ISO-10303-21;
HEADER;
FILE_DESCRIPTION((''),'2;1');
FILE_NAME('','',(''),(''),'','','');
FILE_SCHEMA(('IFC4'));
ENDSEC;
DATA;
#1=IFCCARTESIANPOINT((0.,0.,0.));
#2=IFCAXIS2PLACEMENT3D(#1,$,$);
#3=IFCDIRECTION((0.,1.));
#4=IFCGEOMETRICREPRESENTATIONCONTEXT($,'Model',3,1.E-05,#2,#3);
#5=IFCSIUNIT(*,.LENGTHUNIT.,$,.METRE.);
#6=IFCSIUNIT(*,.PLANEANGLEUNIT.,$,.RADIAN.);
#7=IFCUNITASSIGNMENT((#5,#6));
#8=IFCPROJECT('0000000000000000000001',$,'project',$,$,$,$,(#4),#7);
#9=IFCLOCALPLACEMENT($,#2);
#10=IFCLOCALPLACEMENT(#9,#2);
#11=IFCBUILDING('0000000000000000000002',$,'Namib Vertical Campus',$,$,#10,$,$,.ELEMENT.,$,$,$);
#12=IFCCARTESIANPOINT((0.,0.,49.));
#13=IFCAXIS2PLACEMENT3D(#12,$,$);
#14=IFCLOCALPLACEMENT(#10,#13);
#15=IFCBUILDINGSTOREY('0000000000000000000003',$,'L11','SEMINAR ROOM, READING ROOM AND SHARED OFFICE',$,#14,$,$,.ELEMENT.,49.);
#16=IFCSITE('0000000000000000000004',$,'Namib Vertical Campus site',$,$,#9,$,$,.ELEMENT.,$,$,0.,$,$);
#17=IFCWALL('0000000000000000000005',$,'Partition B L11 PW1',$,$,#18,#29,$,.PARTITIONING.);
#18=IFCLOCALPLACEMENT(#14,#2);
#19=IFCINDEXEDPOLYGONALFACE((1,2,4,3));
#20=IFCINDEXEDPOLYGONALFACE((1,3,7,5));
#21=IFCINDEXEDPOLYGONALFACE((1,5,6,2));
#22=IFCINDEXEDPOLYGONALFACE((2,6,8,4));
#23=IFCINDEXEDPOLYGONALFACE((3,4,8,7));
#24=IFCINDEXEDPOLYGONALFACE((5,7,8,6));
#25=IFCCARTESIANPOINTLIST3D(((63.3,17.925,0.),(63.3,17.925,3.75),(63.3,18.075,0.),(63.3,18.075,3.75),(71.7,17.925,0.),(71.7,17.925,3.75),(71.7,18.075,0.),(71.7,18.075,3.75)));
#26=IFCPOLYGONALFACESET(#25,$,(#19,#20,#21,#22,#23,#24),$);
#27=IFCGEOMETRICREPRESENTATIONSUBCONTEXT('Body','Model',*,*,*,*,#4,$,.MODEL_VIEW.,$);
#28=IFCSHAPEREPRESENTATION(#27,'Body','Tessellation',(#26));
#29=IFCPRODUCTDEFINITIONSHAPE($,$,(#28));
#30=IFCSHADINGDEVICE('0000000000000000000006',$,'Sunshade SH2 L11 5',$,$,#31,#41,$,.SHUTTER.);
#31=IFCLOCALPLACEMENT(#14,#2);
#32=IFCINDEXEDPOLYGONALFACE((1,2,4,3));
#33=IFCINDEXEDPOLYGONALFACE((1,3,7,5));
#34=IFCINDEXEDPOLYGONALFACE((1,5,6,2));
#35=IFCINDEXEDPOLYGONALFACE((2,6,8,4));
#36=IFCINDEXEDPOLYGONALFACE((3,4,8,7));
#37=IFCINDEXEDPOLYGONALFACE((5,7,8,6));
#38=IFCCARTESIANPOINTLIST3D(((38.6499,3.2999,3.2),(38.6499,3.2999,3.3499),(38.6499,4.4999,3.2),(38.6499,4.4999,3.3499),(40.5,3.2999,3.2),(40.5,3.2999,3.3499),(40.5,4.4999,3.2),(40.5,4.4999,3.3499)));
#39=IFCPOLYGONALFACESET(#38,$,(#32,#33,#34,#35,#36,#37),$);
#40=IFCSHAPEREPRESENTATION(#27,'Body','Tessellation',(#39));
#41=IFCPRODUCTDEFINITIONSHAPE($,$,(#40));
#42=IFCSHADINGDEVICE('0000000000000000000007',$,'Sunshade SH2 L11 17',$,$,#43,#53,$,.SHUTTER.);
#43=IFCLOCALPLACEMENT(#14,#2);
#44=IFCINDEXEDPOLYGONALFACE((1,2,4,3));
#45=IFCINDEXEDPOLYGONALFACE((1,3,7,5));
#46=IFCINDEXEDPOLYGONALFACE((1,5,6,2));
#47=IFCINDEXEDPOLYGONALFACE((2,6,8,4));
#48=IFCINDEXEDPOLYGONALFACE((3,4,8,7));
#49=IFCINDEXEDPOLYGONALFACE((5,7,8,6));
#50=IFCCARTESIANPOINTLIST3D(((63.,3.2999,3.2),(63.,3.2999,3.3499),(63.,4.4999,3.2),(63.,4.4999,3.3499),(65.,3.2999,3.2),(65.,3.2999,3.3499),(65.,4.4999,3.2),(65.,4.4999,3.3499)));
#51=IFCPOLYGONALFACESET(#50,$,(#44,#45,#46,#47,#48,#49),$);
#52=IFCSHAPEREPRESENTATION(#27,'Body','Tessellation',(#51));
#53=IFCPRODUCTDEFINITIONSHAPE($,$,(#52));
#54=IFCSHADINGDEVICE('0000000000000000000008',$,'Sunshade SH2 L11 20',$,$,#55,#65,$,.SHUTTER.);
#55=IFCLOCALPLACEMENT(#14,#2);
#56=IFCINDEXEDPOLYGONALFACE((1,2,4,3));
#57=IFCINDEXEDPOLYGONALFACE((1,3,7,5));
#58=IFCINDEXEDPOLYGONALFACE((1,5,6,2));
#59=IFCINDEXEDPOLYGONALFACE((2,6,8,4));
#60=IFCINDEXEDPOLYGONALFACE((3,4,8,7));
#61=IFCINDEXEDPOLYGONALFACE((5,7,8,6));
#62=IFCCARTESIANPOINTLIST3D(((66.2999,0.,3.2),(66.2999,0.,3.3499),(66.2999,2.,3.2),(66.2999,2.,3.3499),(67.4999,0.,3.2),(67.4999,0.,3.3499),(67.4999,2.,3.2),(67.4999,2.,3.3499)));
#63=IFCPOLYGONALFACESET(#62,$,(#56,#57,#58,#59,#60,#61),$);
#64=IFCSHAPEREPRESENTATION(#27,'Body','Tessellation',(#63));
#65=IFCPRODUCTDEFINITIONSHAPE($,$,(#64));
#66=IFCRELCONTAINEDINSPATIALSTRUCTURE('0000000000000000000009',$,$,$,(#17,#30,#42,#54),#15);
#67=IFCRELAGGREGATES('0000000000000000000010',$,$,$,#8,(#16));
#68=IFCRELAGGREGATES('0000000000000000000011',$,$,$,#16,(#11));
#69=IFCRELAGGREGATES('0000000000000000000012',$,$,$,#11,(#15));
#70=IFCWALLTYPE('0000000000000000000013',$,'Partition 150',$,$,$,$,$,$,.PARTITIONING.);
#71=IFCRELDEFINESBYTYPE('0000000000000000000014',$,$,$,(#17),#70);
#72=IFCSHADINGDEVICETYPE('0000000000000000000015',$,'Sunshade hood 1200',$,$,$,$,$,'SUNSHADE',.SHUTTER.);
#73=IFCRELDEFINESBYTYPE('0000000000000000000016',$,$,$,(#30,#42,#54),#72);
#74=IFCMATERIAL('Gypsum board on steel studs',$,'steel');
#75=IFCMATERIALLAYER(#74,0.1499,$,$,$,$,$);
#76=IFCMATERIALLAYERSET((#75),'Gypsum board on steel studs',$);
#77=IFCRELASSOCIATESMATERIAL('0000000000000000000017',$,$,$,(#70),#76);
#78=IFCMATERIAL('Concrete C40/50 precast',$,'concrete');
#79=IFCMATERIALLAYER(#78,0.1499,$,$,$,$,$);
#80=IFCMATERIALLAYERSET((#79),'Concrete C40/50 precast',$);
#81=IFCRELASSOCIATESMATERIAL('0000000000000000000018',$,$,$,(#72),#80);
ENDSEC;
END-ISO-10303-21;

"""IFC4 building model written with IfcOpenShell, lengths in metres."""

from ifc_helpers import new_model, si_unit, direction, frame, frame_2d, origin, origin_2d, place, context, subcontext, project, spatial, rectangle, extrude, material, layer, layer_set, type_object, element, save


model = new_model("IFC4")

# Units and contexts
model_context = context("Model", 3, precision=1e-05, world=origin(), true_north=direction((0.0, 1.0)))
body_context = subcontext(model_context, "Body", "Model", "MODEL_VIEW")
ifc_project = project(units=[si_unit("LENGTHUNIT", "METRE"), si_unit("PLANEANGLEUNIT", "RADIAN")], contexts=[model_context])

# Site, building, storey
site_placement = place(None, origin())
site = spatial("IfcSite", under=ifc_project, at=site_placement, Name="Namib Vertical Campus site", CompositionType="ELEMENT", RefElevation=0.0)
building_placement = place(site_placement, origin())
building = spatial("IfcBuilding", under=site, at=building_placement, Name="Namib Vertical Campus", CompositionType="ELEMENT")
storey_placement = place(building_placement, frame((0.0, 0.0, 49.0)))
storey = spatial("IfcBuildingStorey", under=building, at=storey_placement, Name="L11", Description="SEMINAR ROOM, READING ROOM AND SHARED OFFICE", CompositionType="ELEMENT", Elevation=49.0)

# Wall
ifc_material_1 = material(Name="Gypsum board on steel studs", Category="steel")
ifc_layer_1 = layer(ifc_material_1, 0.1499)
ifc_layer_set_1 = layer_set([ifc_layer_1], Name="Gypsum board on steel studs")
wall_type_1 = type_object("IfcWallType", Name="Partition 150", PredefinedType="PARTITIONING", material=ifc_layer_set_1)
wall_1_placement = place(storey_placement, frame((63.3, 18.0, 0.0), z_axis=(0.0, 0.0, 1.0), x_axis=(1.0, 0.0, 0.0)))
element("IfcWall", 1, at=wall_1_placement, inside=storey, type_object=wall_type_1, Name="Partition B L11 PW1", PredefinedType="PARTITIONING", context=body_context, shape_type="SweptSolid", body=[
    extrude(rectangle(XDim=8.3999, YDim=0.1499, at=frame_2d((4.2, 0.0))), origin(), (0.0, 0.0, 1.0), 3.75),
])

# Shading devices
ifc_material_2 = material(Name="Concrete C40/50 precast", Category="concrete")
ifc_layer_2 = layer(ifc_material_2, 0.1499)
ifc_layer_set_2 = layer_set([ifc_layer_2], Name="Concrete C40/50 precast")
shading_device_type = type_object("IfcShadingDeviceType", Name="Sunshade hood 1200", ElementType="SUNSHADE", PredefinedType="SHUTTER", material=ifc_layer_set_2)
shading_device_placement = place(storey_placement, frame((39.575, 3.8999, 3.2), z_axis=(0.0, 0.0, 1.0), x_axis=(1.0, 0.0, 0.0)))
element("IfcShadingDevice", 2, at=shading_device_placement, inside=storey, type_object=shading_device_type, Name="Sunshade SH2 L11 5", PredefinedType="SHUTTER", context=body_context, shape_type="SweptSolid", body=[
    extrude(rectangle(XDim=1.8501, YDim=1.2, at=origin_2d()), origin(), (0.0, 0.0, 1.0), 0.1499),
])
for number, where, z_axis, x_axis, name in (
    (3, (64.0, 3.8999, 3.2), (0.0, 0.0, 1.0), (1.0, 0.0, 0.0), "Sunshade SH2 L11 17"),
    (4, (66.8999, 1.0, 3.2), (0.0, 0.0, 1.0), (0.0, -1.0, 0.0), "Sunshade SH2 L11 20"),
):
    element("IfcShadingDevice", number, at=place(storey_placement, frame(where, z_axis=z_axis, x_axis=x_axis)), inside=storey, type_object=shading_device_type, Name=name, PredefinedType="SHUTTER", context=body_context, shape_type="SweptSolid", body=[
        extrude(rectangle(XDim=2.0, YDim=1.2, at=origin_2d()), origin(), (0.0, 0.0, 1.0), 0.1499),
    ])

save(model, "model.ifc")
